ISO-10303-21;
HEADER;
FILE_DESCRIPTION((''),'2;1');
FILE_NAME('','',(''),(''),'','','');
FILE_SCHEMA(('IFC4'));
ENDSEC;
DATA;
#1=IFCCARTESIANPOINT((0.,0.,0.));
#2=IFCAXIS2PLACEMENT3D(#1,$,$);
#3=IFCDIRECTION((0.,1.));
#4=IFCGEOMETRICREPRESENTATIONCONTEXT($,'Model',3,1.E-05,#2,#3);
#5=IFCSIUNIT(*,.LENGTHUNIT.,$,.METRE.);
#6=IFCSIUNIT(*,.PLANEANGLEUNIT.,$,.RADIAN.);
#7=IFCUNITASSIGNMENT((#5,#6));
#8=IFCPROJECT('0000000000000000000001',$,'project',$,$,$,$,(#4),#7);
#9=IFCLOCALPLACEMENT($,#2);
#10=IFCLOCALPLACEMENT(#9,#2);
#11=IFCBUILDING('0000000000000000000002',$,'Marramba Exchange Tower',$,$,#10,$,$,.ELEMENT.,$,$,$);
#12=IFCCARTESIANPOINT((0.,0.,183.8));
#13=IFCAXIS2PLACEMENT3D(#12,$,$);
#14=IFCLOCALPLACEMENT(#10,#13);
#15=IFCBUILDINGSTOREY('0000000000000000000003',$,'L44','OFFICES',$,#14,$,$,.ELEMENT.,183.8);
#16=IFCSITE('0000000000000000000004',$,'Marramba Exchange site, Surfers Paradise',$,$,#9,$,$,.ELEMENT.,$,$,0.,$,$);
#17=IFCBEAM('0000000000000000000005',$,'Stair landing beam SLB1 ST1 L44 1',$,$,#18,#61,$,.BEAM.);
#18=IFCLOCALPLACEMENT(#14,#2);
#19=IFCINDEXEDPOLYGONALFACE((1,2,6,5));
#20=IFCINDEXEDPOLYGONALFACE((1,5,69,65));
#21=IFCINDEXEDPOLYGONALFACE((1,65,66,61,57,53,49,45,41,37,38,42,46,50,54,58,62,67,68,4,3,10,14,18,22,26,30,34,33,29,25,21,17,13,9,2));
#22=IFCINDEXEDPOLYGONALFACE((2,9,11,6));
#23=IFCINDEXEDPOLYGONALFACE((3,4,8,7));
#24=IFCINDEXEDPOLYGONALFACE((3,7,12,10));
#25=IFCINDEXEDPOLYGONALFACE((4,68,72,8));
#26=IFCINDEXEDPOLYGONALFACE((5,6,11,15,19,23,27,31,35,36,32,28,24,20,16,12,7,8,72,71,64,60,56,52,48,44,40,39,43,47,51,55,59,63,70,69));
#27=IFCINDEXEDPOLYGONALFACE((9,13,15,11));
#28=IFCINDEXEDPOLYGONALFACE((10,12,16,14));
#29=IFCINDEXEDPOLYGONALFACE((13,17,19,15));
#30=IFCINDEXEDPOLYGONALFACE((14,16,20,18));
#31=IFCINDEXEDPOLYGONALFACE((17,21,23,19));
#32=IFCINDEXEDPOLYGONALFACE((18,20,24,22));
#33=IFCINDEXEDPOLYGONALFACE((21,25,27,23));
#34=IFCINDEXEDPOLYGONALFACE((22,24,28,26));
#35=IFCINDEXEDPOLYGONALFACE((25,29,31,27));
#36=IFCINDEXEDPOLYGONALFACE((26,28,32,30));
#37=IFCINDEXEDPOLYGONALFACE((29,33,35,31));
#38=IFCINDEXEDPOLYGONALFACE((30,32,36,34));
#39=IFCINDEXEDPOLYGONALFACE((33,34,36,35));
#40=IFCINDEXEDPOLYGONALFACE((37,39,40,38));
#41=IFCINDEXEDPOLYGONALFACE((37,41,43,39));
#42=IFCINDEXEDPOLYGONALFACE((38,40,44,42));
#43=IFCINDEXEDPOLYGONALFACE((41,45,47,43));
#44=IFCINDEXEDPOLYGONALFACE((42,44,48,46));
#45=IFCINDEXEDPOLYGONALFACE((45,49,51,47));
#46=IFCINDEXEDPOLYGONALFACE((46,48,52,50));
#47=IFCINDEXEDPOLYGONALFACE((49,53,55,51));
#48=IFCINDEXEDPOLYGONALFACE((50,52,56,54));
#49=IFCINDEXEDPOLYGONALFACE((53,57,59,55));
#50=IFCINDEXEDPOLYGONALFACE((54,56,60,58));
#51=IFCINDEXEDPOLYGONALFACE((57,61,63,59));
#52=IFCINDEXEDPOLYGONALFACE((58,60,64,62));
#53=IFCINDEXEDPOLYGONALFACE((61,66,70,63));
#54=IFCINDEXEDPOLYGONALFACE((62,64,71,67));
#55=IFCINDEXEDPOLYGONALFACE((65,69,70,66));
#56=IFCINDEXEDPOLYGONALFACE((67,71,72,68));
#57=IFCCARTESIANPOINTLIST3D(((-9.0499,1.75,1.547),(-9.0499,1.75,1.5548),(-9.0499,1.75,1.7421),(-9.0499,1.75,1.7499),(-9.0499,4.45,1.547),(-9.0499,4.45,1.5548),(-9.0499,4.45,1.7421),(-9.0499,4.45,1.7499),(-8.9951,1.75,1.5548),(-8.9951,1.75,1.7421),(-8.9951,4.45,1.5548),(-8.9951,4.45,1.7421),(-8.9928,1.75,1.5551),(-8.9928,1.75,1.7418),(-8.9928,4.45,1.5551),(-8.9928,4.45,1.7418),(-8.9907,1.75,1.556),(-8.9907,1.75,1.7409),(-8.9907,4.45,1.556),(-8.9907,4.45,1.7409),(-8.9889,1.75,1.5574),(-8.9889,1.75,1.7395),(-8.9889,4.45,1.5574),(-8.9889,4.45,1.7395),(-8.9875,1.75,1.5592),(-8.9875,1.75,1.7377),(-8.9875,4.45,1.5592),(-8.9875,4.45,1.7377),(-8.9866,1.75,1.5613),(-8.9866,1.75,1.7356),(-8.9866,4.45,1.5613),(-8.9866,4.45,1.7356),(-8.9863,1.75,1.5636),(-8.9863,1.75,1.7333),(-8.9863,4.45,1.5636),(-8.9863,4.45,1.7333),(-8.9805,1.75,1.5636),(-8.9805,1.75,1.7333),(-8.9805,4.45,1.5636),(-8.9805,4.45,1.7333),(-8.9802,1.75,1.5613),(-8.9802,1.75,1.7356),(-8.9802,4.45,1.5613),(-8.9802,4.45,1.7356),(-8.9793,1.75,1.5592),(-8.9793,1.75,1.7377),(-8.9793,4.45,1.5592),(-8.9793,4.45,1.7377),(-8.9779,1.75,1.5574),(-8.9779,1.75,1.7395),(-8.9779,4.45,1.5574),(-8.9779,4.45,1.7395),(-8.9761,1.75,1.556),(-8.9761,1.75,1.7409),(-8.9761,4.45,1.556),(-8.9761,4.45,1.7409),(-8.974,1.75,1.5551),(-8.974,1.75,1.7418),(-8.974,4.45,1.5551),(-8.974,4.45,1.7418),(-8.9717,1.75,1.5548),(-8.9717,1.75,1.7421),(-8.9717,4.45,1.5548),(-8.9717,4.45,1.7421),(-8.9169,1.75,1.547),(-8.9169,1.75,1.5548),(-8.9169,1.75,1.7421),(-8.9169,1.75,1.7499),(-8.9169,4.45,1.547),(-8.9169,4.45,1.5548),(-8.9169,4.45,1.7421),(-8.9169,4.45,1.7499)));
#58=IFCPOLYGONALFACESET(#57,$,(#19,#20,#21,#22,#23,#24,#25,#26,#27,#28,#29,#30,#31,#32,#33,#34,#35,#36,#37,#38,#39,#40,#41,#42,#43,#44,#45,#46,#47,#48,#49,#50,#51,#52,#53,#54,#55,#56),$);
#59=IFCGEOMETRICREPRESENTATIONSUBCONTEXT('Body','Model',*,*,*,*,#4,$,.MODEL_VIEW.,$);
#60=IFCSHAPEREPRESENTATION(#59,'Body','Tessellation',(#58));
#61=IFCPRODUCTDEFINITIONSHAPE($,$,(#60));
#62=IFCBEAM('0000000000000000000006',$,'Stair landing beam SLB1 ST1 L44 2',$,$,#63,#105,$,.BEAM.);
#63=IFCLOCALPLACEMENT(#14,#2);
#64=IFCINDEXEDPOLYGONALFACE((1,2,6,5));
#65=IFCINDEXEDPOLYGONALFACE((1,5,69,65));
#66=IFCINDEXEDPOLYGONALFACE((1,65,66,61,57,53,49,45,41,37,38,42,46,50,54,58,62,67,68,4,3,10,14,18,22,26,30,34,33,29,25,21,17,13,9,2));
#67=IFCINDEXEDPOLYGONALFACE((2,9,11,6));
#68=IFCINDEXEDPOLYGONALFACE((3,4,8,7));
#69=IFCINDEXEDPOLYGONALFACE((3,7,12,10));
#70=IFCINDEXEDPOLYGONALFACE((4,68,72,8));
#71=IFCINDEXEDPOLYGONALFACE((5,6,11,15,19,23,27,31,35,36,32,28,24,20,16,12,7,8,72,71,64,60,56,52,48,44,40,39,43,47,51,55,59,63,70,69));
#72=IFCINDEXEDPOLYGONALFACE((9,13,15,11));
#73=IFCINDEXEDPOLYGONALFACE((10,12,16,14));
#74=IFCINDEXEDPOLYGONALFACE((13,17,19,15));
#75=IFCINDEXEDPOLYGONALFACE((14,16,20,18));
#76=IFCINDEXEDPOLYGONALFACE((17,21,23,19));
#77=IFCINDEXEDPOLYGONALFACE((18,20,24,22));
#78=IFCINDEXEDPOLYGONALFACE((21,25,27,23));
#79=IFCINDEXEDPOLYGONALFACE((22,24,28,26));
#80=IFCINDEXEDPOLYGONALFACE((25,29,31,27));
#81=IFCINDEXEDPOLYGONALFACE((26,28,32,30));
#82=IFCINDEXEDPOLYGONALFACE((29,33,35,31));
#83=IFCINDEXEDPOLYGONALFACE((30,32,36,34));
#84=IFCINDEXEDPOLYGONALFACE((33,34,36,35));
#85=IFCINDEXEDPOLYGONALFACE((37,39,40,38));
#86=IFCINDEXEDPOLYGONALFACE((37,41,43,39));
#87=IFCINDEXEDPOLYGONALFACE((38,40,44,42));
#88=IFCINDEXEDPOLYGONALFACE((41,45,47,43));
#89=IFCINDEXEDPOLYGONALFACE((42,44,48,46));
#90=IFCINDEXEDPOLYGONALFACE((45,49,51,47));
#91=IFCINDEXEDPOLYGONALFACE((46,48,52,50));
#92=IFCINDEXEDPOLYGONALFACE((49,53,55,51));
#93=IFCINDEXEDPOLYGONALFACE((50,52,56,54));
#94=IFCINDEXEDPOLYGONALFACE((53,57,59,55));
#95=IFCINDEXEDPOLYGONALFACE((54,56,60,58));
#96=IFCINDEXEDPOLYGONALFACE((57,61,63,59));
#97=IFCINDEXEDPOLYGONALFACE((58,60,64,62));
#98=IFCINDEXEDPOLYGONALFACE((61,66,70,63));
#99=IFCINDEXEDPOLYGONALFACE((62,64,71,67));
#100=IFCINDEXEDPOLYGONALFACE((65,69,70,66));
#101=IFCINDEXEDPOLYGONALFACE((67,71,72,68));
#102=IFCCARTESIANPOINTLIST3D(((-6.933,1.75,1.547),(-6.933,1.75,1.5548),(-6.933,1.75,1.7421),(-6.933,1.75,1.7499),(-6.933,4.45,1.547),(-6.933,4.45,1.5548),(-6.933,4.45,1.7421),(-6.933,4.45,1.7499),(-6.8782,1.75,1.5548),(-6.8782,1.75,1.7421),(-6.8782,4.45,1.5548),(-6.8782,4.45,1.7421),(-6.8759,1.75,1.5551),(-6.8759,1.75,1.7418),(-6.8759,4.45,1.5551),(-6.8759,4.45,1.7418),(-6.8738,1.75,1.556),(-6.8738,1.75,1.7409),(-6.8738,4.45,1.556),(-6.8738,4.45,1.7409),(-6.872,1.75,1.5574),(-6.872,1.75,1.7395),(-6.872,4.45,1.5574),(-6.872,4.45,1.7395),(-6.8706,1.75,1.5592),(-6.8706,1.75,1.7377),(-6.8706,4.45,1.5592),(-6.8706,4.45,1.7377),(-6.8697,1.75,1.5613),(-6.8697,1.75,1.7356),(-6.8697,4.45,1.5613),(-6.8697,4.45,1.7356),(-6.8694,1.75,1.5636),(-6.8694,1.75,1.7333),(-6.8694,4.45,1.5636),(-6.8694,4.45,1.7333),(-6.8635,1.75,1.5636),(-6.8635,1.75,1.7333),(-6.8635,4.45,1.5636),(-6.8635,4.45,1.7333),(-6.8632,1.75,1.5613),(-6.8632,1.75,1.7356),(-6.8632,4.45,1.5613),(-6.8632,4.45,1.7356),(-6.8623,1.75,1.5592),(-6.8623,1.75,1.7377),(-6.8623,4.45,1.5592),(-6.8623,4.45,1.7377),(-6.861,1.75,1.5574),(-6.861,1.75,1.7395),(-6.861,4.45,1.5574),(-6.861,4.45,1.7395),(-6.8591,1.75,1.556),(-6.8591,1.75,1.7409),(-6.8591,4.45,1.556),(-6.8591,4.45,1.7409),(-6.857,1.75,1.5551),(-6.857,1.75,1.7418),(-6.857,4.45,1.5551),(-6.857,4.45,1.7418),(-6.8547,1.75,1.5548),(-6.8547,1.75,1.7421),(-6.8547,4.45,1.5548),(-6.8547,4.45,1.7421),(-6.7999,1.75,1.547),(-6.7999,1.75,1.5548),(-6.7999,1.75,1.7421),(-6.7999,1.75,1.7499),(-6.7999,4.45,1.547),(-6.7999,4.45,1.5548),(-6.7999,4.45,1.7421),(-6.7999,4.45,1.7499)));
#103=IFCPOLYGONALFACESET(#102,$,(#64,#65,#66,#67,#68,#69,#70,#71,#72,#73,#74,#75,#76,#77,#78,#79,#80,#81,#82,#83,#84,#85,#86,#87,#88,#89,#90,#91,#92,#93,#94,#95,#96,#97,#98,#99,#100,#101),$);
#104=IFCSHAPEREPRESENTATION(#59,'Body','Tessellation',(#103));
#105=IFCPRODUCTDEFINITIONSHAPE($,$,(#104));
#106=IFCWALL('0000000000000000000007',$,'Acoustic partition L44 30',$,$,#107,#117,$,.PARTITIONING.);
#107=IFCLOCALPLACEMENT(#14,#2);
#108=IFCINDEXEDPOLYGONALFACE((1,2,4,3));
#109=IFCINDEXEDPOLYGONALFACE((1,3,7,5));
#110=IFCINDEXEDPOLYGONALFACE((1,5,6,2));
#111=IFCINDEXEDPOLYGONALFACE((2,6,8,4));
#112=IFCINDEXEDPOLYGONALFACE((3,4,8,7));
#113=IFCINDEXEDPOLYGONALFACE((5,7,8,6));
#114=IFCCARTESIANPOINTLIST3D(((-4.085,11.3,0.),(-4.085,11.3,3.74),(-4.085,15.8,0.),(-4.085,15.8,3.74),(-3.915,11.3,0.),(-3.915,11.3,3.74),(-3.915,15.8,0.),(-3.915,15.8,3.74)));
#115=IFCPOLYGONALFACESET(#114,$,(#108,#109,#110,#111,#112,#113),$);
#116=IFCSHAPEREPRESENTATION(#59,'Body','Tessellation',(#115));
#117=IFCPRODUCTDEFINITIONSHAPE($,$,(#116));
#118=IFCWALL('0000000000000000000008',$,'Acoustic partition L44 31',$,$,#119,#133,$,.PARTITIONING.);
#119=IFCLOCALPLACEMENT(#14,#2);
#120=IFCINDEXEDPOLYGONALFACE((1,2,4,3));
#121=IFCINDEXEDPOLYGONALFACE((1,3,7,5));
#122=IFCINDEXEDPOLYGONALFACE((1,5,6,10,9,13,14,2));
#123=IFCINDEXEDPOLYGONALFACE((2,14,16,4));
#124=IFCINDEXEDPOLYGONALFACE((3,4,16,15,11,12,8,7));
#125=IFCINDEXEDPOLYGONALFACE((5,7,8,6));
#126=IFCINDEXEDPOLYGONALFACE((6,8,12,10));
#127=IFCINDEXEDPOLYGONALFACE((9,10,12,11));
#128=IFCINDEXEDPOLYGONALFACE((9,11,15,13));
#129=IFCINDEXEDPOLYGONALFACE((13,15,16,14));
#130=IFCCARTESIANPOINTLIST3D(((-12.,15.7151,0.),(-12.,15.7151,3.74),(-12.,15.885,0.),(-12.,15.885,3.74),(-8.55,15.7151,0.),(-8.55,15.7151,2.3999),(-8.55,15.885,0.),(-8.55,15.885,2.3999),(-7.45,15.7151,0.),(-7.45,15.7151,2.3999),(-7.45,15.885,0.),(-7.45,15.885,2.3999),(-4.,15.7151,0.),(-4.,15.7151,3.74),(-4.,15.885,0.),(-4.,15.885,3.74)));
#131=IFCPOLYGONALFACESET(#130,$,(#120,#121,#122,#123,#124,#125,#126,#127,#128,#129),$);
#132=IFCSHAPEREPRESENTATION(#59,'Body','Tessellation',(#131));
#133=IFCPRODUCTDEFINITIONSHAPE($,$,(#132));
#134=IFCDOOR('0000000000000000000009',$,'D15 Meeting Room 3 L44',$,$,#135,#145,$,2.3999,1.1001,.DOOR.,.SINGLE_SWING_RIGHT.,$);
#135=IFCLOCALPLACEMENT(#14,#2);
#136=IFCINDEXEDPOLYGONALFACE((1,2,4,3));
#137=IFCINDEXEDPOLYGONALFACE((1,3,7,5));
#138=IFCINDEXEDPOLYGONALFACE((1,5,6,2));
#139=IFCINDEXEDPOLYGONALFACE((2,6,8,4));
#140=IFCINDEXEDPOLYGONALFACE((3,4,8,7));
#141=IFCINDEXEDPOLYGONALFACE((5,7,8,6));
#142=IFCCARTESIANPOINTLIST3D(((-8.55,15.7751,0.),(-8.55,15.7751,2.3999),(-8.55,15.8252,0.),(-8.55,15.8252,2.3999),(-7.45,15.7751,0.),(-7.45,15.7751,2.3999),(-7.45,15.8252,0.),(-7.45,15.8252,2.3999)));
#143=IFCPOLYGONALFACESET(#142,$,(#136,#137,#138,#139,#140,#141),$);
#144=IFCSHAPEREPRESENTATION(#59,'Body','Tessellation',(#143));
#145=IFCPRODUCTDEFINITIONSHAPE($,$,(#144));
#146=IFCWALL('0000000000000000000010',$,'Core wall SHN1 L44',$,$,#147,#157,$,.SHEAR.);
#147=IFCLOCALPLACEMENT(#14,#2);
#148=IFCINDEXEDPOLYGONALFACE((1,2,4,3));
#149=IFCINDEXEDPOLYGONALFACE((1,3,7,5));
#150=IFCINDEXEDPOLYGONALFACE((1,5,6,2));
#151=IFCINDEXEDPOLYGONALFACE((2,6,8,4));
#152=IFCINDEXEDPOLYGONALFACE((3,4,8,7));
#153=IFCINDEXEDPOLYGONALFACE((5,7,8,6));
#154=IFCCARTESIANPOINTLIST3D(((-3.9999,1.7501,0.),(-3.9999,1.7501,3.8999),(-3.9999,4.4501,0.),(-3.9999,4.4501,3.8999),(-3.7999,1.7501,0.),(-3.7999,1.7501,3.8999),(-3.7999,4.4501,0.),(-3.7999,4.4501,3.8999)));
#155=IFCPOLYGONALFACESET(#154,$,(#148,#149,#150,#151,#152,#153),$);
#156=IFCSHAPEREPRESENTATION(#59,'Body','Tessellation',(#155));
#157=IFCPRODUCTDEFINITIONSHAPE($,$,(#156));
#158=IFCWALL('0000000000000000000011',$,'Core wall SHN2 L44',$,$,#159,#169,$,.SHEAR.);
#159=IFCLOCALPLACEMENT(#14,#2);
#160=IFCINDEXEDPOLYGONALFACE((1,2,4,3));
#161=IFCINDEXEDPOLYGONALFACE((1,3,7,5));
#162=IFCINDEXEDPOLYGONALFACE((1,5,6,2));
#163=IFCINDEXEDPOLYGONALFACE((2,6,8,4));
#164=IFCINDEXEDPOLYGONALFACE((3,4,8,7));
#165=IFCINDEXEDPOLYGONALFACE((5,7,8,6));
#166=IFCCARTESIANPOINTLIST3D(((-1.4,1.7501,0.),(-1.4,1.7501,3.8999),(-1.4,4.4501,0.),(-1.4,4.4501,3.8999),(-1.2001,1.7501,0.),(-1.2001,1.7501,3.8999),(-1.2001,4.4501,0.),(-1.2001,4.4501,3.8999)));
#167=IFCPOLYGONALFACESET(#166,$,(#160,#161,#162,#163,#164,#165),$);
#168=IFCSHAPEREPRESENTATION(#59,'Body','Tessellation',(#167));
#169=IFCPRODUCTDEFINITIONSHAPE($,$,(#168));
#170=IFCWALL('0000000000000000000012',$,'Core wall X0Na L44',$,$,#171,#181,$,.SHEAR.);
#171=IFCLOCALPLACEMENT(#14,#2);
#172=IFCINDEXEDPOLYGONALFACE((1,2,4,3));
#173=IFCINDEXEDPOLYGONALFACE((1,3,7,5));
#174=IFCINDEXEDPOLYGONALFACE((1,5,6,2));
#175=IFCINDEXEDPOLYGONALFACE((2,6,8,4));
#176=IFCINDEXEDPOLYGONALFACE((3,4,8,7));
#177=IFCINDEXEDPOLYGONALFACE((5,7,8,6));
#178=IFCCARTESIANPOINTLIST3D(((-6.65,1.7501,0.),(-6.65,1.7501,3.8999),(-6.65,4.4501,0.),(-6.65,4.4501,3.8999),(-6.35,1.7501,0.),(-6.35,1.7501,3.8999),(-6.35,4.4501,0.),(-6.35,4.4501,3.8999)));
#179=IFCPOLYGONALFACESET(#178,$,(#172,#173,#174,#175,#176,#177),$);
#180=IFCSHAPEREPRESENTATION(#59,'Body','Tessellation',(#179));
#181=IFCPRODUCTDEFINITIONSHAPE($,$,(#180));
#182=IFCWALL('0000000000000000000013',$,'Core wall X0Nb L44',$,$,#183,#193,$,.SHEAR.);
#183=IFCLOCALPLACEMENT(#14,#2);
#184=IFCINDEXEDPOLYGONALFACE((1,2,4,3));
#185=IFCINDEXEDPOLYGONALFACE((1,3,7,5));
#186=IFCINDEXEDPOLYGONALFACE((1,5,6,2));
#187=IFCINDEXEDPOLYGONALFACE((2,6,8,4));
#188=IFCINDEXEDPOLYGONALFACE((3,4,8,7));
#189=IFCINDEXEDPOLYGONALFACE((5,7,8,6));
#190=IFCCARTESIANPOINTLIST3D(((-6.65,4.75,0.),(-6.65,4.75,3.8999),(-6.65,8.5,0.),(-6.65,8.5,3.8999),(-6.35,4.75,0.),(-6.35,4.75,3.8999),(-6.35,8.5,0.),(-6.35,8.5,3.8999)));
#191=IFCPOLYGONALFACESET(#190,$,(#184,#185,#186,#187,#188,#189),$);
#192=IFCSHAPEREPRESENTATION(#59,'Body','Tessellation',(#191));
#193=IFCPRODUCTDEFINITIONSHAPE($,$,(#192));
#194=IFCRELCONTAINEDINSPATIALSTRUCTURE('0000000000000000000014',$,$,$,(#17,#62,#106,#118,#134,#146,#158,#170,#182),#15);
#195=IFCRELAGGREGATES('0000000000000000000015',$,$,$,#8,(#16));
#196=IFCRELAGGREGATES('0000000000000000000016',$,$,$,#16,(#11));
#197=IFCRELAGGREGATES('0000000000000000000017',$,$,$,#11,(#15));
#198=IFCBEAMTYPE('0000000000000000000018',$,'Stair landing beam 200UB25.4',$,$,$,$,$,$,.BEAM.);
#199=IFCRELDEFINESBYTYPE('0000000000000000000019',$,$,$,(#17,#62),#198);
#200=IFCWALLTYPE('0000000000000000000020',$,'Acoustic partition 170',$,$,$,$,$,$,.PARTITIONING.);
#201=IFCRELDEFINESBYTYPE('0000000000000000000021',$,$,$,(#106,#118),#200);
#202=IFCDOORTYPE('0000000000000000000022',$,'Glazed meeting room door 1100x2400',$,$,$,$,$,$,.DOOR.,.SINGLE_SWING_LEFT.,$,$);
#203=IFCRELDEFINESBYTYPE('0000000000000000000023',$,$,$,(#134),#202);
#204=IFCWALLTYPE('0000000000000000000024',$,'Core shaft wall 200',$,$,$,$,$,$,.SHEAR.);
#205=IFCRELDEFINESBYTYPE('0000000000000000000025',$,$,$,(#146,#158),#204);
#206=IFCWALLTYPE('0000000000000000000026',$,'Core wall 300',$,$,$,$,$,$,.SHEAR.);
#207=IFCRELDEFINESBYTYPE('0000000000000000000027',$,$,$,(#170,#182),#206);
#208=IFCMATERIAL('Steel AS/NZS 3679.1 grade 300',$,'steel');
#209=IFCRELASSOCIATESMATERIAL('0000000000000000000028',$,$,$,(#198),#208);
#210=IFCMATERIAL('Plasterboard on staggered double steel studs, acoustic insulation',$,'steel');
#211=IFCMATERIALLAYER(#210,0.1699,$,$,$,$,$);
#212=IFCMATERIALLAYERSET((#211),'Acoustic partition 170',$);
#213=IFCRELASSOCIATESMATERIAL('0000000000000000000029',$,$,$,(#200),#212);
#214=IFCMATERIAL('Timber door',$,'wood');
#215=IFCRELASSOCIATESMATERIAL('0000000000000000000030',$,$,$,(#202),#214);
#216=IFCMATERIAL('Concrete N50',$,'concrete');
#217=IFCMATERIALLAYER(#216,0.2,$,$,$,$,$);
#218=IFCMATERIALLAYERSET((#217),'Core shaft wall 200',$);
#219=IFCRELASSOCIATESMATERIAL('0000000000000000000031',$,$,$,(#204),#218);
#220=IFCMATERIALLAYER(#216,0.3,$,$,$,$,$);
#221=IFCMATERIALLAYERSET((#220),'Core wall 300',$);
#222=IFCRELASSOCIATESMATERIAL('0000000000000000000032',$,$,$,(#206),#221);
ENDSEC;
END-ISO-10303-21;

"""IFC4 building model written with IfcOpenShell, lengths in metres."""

from ifc_helpers import new_model, si_unit, direction, frame, frame_2d, origin, origin_2d, place, context, subcontext, project, spatial, rectangle, i_section, extrude, material, layer, layer_set, material_profile, profile_set, type_object, element, fill, save


model = new_model("IFC4")

# Units and contexts
model_context = context("Model", 3, precision=1e-05, world=origin(), true_north=direction((0.0, 1.0)))
body_context = subcontext(model_context, "Body", "Model", "MODEL_VIEW")
ifc_project = project(units=[si_unit("LENGTHUNIT", "METRE"), si_unit("PLANEANGLEUNIT", "RADIAN")], contexts=[model_context])

# Site, building, storey
site_placement = place(None, origin())
site = spatial("IfcSite", under=ifc_project, at=site_placement, Name="Marramba Exchange site, Surfers Paradise", CompositionType="ELEMENT", RefElevation=0.0)
building_placement = place(site_placement, origin())
building = spatial("IfcBuilding", under=site, at=building_placement, Name="Marramba Exchange Tower", CompositionType="ELEMENT")
storey_placement = place(building_placement, frame((0.0, 0.0, 183.8)))
storey = spatial("IfcBuildingStorey", under=building, at=storey_placement, Name="L44", Description="OFFICES", CompositionType="ELEMENT", Elevation=183.8)

# Shared definitions
ifc_material_1 = material(Name="Concrete N50", Category="concrete")

# Beams
ifc_material_2 = material(Name="Steel AS/NZS 3679.1 grade 300", Category="steel")
ifc_material_profile_1 = material_profile(ifc_material_2, i_section(OverallWidth=0.1331, OverallDepth=0.2029, WebThickness=0.0059, FlangeThickness=0.0078, FilletRadius=0.0088, at=origin_2d()), Name="200UB25.4")
ifc_profile_set_1 = profile_set([ifc_material_profile_1], Name="Steel AS/NZS 3679.1 grade 300")
beam_type_1 = type_object("IfcBeamType", Name="Stair landing beam 200UB25.4", PredefinedType="BEAM", material=ifc_profile_set_1)
for number, where, z_axis, x_axis, name in (
    (1, (-8.9834, 1.75, 1.6484), (0.0, 1.0, 0.0), (-1.0, 0.0, 0.0), "Stair landing beam SLB1 ST1 L44 1"),
    (2, (-6.8665, 1.75, 1.6484), (0.0, 1.0, 0.0), (-1.0, 0.0, 0.0), "Stair landing beam SLB1 ST1 L44 2"),
):
    element("IfcBeam", number, at=place(storey_placement, frame(where, z_axis=z_axis, x_axis=x_axis)), inside=storey, type_object=beam_type_1, Name=name, PredefinedType="BEAM", context=body_context, shape_type="SweptSolid", body=[
        extrude(i_section(OverallWidth=0.1331, OverallDepth=0.2029, WebThickness=0.0059, FlangeThickness=0.0078, FilletRadius=0.0088, at=origin_2d()), origin(), (0.0, 0.0, 1.0), 2.7),
    ])

# Wall
ifc_material_3 = material(Name="Plasterboard on staggered double steel studs, acoustic insulation", Category="steel")
ifc_layer_1 = layer(ifc_material_3, 0.1699)
ifc_layer_set_1 = layer_set([ifc_layer_1], Name="Acoustic partition 170")
wall_type_1 = type_object("IfcWallType", Name="Acoustic partition 170", PredefinedType="PARTITIONING", material=ifc_layer_set_1)
wall_1_placement = place(storey_placement, frame((-4.0, 11.3, 0.0), z_axis=(0.0, 0.0, 1.0), x_axis=(0.0, 1.0, 0.0)))
element("IfcWall", 3, at=wall_1_placement, inside=storey, type_object=wall_type_1, Name="Acoustic partition L44 30", PredefinedType="PARTITIONING", context=body_context, shape_type="SweptSolid", body=[
    extrude(rectangle(XDim=4.5, YDim=0.1699, at=frame_2d((2.25, 0.0))), origin(), (0.0, 0.0, 1.0), 3.74),
])

# Wall, opening, door
wall_2_placement = place(storey_placement, frame((-4.0, 15.8, 0.0), z_axis=(0.0, 0.0, 1.0), x_axis=(-1.0, 0.0, 0.0)))
wall_2 = element("IfcWall", 4, at=wall_2_placement, inside=storey, type_object=wall_type_1, Name="Acoustic partition L44 31", PredefinedType="PARTITIONING", context=body_context, shape_type="SweptSolid", body=[
    extrude(rectangle(XDim=8.0, YDim=0.1699, at=frame_2d((4.0, 0.0))), origin(), (0.0, 0.0, 1.0), 3.74),
])
opening_1_placement = place(wall_2_placement, frame((3.45, 0.0, 0.0)))
opening_1 = element("IfcOpeningElement", 5, at=opening_1_placement, cuts=wall_2, PredefinedType="OPENING", context=body_context, shape_type="SweptSolid", body=[
    extrude(rectangle(XDim=1.1001, YDim=2.3999, at=frame_2d((0.55, 1.2))), frame((0.0, 0.095, 0.0), z_axis=(0.0, -1.0, 0.0), x_axis=(1.0, 0.0, 0.0)), (0.0, 0.0, 1.0), 0.1899),
])
ifc_material_4 = material(Name="Timber door", Category="wood")
door_type_1 = type_object("IfcDoorType", Name="Glazed meeting room door 1100x2400", OperationType="SINGLE_SWING_LEFT", PredefinedType="DOOR", material=ifc_material_4)
door_1_placement = place(opening_1_placement, origin())
door_1 = element("IfcDoor", 6, at=door_1_placement, inside=storey, type_object=door_type_1, Name="D15 Meeting Room 3 L44", OperationType="SINGLE_SWING_RIGHT", OverallHeight=2.3999, OverallWidth=1.1001, PredefinedType="DOOR", context=body_context, shape_type="SweptSolid", body=[
    extrude(rectangle(XDim=1.1001, YDim=2.3999, at=frame_2d((0.55, 1.2))), frame((0.0, 0.0249, 0.0), z_axis=(0.0, -1.0, 0.0), x_axis=(1.0, 0.0, 0.0)), (0.0, 0.0, 1.0), 0.05),
])
fill(opening_1, door_1)

# Walls
ifc_layer_2 = layer(ifc_material_1, 0.2)
ifc_layer_set_2 = layer_set([ifc_layer_2], Name="Core shaft wall 200")
wall_type_2 = type_object("IfcWallType", Name="Core shaft wall 200", PredefinedType="SHEAR", material=ifc_layer_set_2)
for number, where, z_axis, x_axis, name in (
    (7, (-3.8999, 1.75, 0.0), (0.0, 0.0, 1.0), (0.0, 1.0, 0.0), "Core wall SHN1 L44"),
    (8, (-1.3, 1.75, 0.0), (0.0, 0.0, 1.0), (0.0, 1.0, 0.0), "Core wall SHN2 L44"),
):
    element("IfcWall", number, at=place(storey_placement, frame(where, z_axis=z_axis, x_axis=x_axis)), inside=storey, type_object=wall_type_2, Name=name, PredefinedType="SHEAR", context=body_context, shape_type="SweptSolid", body=[
        extrude(rectangle(XDim=2.7, YDim=0.2, at=frame_2d((1.3501, 0.0))), origin(), (0.0, 0.0, 1.0), 3.8999),
    ])
ifc_layer_3 = layer(ifc_material_1, 0.3)
ifc_layer_set_3 = layer_set([ifc_layer_3], Name="Core wall 300")
wall_type_3 = type_object("IfcWallType", Name="Core wall 300", PredefinedType="SHEAR", material=ifc_layer_set_3)
wall_3_placement = place(storey_placement, frame((-6.5, 1.75, 0.0), z_axis=(0.0, 0.0, 1.0), x_axis=(0.0, 1.0, 0.0)))
element("IfcWall", 9, at=wall_3_placement, inside=storey, type_object=wall_type_3, Name="Core wall X0Na L44", PredefinedType="SHEAR", context=body_context, shape_type="SweptSolid", body=[
    extrude(rectangle(XDim=2.7, YDim=0.3, at=frame_2d((1.3501, 0.0))), origin(), (0.0, 0.0, 1.0), 3.8999),
])
for number, where, z_axis, x_axis, name in (
    (10, (-6.5, 4.75, 0.0), (0.0, 0.0, 1.0), (0.0, 1.0, 0.0), "Core wall X0Nb L44"),
):
    element("IfcWall", number, at=place(storey_placement, frame(where, z_axis=z_axis, x_axis=x_axis)), inside=storey, type_object=wall_type_3, Name=name, PredefinedType="SHEAR", context=body_context, shape_type="SweptSolid", body=[
        extrude(rectangle(XDim=3.75, YDim=0.3, at=frame_2d((1.875, 0.0))), origin(), (0.0, 0.0, 1.0), 3.8999),
    ])

save(model, "model.ifc")
